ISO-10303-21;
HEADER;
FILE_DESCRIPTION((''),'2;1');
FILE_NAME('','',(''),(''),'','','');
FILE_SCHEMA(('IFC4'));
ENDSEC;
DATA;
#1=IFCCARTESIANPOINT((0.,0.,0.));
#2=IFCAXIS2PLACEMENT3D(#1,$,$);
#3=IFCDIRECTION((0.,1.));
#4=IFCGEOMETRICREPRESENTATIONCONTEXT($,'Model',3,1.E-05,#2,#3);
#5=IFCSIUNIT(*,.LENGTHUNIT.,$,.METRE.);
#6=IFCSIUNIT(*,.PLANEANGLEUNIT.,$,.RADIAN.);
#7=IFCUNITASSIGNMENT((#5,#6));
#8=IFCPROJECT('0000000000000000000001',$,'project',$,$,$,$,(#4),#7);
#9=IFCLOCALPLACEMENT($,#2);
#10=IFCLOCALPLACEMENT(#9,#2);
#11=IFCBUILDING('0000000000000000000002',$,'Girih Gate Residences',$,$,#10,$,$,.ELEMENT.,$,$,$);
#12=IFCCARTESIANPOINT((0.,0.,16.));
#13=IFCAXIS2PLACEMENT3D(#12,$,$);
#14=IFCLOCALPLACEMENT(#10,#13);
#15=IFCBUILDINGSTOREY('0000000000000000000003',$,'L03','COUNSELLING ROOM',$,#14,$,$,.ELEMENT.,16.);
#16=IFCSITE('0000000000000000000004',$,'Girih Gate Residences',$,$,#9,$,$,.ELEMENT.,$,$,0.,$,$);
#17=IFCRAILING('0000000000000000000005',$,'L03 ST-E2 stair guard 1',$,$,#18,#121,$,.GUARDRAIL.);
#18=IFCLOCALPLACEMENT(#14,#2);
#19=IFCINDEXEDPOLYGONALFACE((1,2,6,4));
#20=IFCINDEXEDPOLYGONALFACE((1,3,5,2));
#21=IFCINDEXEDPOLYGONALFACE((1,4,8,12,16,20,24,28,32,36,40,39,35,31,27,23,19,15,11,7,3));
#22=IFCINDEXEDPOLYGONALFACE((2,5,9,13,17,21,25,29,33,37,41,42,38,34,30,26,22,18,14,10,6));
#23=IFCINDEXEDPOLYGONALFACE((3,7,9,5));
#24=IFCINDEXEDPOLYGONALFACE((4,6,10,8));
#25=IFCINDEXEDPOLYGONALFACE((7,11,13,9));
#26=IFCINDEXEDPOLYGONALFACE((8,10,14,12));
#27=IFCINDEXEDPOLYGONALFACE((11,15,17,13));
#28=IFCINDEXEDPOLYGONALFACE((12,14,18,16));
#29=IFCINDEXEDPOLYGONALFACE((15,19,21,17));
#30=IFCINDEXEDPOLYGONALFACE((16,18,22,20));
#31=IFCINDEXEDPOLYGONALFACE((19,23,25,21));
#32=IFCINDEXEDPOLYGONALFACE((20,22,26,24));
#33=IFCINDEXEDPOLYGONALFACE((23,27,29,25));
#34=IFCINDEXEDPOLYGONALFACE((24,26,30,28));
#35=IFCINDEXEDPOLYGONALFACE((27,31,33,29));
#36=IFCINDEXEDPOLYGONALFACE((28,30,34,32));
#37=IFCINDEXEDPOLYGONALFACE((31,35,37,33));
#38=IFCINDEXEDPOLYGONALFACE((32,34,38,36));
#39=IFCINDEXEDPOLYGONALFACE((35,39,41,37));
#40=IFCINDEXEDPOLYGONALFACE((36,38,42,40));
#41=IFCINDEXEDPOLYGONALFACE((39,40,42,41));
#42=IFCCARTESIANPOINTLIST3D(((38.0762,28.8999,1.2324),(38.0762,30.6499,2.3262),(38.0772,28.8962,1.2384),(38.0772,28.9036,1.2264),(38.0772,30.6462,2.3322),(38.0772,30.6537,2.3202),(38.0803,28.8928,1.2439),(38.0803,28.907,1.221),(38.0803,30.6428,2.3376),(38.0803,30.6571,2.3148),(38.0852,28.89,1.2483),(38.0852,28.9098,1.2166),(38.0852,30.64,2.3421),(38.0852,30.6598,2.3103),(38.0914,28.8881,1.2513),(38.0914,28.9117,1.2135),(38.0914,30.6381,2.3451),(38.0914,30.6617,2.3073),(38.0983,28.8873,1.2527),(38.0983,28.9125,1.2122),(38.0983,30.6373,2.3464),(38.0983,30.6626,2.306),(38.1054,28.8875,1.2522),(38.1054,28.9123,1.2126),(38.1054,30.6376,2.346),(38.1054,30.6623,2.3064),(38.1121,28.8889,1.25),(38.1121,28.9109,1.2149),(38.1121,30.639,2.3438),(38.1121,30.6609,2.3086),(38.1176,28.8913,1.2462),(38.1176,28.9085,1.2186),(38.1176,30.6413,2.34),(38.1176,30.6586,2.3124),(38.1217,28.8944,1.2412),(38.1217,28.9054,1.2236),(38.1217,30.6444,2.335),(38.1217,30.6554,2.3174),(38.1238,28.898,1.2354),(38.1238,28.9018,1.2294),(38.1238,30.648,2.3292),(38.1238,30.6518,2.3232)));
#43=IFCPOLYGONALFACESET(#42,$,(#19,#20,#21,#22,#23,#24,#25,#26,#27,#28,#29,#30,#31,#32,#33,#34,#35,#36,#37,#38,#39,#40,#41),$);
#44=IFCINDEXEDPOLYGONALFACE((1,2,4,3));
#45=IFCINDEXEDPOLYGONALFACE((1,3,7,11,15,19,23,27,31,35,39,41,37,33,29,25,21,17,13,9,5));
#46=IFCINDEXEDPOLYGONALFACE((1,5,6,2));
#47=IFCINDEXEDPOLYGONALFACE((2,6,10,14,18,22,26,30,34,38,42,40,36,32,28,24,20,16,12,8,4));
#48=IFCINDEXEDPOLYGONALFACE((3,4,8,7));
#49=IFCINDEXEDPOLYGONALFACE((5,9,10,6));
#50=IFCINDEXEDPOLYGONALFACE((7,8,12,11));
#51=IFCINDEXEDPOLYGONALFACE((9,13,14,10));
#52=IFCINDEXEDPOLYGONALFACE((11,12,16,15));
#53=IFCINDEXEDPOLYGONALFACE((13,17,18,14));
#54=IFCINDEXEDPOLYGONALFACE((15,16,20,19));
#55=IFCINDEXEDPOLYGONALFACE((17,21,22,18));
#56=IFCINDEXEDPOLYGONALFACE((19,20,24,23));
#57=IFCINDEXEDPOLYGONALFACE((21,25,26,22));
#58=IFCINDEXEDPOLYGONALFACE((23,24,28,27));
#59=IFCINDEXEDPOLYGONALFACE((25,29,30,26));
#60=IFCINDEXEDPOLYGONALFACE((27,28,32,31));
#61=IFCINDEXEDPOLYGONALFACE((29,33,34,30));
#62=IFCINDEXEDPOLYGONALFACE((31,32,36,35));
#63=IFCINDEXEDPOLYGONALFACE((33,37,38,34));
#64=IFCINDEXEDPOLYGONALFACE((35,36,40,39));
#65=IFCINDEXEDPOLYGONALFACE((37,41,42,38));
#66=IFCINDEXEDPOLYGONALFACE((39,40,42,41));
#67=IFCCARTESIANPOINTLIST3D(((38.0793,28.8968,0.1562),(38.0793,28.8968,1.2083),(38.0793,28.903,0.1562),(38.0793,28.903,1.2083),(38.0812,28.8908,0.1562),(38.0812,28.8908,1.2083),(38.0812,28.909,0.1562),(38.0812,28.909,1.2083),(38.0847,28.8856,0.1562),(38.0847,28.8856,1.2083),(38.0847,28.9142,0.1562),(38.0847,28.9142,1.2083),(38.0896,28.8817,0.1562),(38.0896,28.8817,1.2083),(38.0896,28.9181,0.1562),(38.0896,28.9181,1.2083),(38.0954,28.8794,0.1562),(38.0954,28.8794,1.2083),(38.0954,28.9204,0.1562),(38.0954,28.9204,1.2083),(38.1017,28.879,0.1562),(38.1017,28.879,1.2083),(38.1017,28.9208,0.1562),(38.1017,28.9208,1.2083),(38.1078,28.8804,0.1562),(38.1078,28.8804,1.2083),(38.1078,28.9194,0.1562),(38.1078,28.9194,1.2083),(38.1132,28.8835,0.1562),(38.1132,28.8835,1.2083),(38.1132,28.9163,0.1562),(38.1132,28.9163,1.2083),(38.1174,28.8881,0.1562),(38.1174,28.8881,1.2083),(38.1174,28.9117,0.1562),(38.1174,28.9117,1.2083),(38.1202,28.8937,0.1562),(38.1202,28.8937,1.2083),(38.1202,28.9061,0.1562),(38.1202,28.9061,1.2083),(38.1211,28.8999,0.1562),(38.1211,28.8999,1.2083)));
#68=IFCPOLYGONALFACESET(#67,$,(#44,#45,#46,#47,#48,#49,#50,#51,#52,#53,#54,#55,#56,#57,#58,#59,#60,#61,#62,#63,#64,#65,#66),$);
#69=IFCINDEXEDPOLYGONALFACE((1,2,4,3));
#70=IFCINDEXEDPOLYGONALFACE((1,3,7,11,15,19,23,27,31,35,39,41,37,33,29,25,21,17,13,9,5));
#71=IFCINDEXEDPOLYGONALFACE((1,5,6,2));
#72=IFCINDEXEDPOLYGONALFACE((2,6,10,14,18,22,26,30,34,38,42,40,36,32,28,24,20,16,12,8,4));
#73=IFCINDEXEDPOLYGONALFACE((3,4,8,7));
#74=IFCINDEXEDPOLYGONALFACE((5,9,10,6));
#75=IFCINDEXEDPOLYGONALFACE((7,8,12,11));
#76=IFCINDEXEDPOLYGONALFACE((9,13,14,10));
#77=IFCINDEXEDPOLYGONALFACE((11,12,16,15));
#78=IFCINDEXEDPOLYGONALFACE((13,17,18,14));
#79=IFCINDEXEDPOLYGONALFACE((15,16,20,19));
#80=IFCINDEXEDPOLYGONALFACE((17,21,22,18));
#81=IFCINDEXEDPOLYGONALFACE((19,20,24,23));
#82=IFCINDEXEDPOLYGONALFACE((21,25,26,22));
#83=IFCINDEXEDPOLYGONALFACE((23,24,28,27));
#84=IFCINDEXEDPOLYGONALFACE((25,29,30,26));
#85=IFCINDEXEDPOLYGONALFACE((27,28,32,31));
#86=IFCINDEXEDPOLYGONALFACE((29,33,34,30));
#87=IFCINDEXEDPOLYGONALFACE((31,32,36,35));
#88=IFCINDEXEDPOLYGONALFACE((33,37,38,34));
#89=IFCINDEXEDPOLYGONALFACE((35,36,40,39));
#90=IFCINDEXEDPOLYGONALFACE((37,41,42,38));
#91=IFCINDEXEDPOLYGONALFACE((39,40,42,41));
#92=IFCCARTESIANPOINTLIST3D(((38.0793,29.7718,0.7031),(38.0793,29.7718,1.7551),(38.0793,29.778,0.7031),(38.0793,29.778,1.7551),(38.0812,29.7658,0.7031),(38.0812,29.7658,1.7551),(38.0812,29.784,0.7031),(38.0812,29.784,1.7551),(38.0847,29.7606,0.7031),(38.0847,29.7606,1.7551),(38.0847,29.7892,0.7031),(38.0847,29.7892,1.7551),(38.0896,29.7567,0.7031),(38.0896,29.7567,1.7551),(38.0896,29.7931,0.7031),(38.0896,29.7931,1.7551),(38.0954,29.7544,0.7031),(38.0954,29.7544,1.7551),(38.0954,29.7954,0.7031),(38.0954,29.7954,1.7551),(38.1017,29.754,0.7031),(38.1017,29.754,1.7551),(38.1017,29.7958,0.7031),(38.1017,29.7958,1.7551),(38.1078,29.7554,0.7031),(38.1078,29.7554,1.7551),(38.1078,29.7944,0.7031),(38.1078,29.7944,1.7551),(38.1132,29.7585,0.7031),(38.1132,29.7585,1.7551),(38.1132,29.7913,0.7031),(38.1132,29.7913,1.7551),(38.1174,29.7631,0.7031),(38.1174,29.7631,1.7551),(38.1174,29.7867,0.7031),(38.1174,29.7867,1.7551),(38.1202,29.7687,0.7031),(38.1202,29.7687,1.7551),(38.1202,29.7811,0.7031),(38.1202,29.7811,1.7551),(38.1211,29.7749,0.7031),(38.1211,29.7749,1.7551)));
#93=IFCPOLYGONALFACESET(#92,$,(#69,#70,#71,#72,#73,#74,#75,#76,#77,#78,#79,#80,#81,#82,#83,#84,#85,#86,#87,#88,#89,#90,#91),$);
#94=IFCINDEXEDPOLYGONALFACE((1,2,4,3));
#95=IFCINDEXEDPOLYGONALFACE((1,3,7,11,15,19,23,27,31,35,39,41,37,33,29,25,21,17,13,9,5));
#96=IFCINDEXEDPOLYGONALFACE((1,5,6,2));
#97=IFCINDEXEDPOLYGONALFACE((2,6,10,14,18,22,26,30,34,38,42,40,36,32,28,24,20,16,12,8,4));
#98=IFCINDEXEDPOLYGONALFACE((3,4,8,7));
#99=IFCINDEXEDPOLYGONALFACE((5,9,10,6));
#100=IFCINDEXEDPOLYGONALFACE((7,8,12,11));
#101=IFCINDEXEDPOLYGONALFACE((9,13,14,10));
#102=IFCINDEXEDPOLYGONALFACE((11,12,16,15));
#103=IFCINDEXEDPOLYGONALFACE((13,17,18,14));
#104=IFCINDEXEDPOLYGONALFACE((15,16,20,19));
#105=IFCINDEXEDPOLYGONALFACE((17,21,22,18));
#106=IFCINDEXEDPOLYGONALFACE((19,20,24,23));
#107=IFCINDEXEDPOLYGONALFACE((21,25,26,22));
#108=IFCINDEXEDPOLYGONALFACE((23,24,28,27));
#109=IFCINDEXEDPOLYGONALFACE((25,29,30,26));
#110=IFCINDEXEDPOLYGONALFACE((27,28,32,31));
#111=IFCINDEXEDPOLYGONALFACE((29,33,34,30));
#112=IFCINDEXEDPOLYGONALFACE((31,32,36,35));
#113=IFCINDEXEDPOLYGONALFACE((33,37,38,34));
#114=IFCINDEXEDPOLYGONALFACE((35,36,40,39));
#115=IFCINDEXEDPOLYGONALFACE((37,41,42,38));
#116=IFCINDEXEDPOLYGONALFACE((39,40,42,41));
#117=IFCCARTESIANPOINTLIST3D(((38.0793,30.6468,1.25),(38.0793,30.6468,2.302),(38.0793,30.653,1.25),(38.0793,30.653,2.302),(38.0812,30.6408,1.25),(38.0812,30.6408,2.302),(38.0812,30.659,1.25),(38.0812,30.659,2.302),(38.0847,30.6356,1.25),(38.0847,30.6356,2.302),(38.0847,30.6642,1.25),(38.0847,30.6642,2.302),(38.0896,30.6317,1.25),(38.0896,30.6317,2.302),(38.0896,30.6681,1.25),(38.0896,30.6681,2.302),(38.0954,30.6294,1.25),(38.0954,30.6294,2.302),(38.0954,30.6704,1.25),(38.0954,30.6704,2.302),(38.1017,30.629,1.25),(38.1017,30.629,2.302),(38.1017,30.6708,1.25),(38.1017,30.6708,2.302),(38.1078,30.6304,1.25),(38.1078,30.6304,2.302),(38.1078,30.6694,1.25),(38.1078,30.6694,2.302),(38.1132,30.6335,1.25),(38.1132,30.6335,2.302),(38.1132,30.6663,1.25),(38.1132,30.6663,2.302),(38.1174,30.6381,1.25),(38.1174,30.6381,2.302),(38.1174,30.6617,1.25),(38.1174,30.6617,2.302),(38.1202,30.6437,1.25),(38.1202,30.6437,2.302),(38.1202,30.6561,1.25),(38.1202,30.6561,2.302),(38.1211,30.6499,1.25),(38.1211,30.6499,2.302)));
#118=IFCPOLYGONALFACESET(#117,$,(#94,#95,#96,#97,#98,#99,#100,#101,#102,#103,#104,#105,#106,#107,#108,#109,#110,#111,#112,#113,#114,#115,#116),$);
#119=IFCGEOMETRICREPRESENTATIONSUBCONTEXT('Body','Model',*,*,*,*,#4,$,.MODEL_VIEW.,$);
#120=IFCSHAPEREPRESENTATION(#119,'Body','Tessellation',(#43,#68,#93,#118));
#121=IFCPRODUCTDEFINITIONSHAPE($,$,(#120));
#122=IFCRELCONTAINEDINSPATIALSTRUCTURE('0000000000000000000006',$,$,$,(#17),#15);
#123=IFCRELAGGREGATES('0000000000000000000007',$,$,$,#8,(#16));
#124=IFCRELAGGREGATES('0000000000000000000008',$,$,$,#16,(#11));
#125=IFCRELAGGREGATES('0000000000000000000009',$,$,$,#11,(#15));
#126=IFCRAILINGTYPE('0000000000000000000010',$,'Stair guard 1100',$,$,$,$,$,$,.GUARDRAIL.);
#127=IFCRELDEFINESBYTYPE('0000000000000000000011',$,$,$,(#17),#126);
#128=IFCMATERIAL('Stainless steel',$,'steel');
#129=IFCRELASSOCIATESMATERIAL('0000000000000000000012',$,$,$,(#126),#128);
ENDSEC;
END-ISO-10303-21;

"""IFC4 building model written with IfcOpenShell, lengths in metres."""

from ifc_helpers import new_model, si_unit, direction, frame, origin, origin_2d, place, context, subcontext, project, spatial, circle, extrude, material, type_object, element, save


model = new_model("IFC4")

# Units and contexts
model_context = context("Model", 3, precision=1e-05, world=origin(), true_north=direction((0.0, 1.0)))
body_context = subcontext(model_context, "Body", "Model", "MODEL_VIEW")
ifc_project = project(units=[si_unit("LENGTHUNIT", "METRE"), si_unit("PLANEANGLEUNIT", "RADIAN")], contexts=[model_context])

# Site, building, storey
site_placement = place(None, origin())
site = spatial("IfcSite", under=ifc_project, at=site_placement, Name="Girih Gate Residences", CompositionType="ELEMENT", RefElevation=0.0)
building_placement = place(site_placement, origin())
building = spatial("IfcBuilding", under=site, at=building_placement, Name="Girih Gate Residences", CompositionType="ELEMENT")
storey_placement = place(building_placement, frame((0.0, 0.0, 16.0)))
storey = spatial("IfcBuildingStorey", under=building, at=storey_placement, Name="L03", Description="COUNSELLING ROOM", CompositionType="ELEMENT", Elevation=16.0)

# Railing
ifc_material_1 = material(Name="Stainless steel", Category="steel")
railing_type_1 = type_object("IfcRailingType", Name="Stair guard 1100", PredefinedType="GUARDRAIL", material=ifc_material_1)
railing_1_placement = place(storey_placement, frame((38.1001, 28.8999, 0.1562)))
element("IfcRailing", 1, at=railing_1_placement, inside=storey, type_object=railing_type_1, Name="L03 ST-E2 stair guard 1", PredefinedType="GUARDRAIL", context=body_context, shape_type="SweptSolid", body=[
    extrude(circle(Radius=0.0239, at=origin_2d()), frame((0.0, 0.0, 1.0762), z_axis=(0.0, 0.847998, 0.529999), x_axis=(-1.0, 0.0, 0.0)), (0.0, 0.0, 1.0), 2.0637),
    extrude(circle(Radius=0.021, at=origin_2d()), origin(), (0.0, 0.0, 1.0), 1.052),
    extrude(circle(Radius=0.021, at=origin_2d()), frame((0.0, 0.875, 0.5469)), (0.0, 0.0, 1.0), 1.052),
    extrude(circle(Radius=0.021, at=origin_2d()), frame((0.0, 1.75, 1.0938)), (0.0, 0.0, 1.0), 1.052),
])

save(model, "model.ifc")
